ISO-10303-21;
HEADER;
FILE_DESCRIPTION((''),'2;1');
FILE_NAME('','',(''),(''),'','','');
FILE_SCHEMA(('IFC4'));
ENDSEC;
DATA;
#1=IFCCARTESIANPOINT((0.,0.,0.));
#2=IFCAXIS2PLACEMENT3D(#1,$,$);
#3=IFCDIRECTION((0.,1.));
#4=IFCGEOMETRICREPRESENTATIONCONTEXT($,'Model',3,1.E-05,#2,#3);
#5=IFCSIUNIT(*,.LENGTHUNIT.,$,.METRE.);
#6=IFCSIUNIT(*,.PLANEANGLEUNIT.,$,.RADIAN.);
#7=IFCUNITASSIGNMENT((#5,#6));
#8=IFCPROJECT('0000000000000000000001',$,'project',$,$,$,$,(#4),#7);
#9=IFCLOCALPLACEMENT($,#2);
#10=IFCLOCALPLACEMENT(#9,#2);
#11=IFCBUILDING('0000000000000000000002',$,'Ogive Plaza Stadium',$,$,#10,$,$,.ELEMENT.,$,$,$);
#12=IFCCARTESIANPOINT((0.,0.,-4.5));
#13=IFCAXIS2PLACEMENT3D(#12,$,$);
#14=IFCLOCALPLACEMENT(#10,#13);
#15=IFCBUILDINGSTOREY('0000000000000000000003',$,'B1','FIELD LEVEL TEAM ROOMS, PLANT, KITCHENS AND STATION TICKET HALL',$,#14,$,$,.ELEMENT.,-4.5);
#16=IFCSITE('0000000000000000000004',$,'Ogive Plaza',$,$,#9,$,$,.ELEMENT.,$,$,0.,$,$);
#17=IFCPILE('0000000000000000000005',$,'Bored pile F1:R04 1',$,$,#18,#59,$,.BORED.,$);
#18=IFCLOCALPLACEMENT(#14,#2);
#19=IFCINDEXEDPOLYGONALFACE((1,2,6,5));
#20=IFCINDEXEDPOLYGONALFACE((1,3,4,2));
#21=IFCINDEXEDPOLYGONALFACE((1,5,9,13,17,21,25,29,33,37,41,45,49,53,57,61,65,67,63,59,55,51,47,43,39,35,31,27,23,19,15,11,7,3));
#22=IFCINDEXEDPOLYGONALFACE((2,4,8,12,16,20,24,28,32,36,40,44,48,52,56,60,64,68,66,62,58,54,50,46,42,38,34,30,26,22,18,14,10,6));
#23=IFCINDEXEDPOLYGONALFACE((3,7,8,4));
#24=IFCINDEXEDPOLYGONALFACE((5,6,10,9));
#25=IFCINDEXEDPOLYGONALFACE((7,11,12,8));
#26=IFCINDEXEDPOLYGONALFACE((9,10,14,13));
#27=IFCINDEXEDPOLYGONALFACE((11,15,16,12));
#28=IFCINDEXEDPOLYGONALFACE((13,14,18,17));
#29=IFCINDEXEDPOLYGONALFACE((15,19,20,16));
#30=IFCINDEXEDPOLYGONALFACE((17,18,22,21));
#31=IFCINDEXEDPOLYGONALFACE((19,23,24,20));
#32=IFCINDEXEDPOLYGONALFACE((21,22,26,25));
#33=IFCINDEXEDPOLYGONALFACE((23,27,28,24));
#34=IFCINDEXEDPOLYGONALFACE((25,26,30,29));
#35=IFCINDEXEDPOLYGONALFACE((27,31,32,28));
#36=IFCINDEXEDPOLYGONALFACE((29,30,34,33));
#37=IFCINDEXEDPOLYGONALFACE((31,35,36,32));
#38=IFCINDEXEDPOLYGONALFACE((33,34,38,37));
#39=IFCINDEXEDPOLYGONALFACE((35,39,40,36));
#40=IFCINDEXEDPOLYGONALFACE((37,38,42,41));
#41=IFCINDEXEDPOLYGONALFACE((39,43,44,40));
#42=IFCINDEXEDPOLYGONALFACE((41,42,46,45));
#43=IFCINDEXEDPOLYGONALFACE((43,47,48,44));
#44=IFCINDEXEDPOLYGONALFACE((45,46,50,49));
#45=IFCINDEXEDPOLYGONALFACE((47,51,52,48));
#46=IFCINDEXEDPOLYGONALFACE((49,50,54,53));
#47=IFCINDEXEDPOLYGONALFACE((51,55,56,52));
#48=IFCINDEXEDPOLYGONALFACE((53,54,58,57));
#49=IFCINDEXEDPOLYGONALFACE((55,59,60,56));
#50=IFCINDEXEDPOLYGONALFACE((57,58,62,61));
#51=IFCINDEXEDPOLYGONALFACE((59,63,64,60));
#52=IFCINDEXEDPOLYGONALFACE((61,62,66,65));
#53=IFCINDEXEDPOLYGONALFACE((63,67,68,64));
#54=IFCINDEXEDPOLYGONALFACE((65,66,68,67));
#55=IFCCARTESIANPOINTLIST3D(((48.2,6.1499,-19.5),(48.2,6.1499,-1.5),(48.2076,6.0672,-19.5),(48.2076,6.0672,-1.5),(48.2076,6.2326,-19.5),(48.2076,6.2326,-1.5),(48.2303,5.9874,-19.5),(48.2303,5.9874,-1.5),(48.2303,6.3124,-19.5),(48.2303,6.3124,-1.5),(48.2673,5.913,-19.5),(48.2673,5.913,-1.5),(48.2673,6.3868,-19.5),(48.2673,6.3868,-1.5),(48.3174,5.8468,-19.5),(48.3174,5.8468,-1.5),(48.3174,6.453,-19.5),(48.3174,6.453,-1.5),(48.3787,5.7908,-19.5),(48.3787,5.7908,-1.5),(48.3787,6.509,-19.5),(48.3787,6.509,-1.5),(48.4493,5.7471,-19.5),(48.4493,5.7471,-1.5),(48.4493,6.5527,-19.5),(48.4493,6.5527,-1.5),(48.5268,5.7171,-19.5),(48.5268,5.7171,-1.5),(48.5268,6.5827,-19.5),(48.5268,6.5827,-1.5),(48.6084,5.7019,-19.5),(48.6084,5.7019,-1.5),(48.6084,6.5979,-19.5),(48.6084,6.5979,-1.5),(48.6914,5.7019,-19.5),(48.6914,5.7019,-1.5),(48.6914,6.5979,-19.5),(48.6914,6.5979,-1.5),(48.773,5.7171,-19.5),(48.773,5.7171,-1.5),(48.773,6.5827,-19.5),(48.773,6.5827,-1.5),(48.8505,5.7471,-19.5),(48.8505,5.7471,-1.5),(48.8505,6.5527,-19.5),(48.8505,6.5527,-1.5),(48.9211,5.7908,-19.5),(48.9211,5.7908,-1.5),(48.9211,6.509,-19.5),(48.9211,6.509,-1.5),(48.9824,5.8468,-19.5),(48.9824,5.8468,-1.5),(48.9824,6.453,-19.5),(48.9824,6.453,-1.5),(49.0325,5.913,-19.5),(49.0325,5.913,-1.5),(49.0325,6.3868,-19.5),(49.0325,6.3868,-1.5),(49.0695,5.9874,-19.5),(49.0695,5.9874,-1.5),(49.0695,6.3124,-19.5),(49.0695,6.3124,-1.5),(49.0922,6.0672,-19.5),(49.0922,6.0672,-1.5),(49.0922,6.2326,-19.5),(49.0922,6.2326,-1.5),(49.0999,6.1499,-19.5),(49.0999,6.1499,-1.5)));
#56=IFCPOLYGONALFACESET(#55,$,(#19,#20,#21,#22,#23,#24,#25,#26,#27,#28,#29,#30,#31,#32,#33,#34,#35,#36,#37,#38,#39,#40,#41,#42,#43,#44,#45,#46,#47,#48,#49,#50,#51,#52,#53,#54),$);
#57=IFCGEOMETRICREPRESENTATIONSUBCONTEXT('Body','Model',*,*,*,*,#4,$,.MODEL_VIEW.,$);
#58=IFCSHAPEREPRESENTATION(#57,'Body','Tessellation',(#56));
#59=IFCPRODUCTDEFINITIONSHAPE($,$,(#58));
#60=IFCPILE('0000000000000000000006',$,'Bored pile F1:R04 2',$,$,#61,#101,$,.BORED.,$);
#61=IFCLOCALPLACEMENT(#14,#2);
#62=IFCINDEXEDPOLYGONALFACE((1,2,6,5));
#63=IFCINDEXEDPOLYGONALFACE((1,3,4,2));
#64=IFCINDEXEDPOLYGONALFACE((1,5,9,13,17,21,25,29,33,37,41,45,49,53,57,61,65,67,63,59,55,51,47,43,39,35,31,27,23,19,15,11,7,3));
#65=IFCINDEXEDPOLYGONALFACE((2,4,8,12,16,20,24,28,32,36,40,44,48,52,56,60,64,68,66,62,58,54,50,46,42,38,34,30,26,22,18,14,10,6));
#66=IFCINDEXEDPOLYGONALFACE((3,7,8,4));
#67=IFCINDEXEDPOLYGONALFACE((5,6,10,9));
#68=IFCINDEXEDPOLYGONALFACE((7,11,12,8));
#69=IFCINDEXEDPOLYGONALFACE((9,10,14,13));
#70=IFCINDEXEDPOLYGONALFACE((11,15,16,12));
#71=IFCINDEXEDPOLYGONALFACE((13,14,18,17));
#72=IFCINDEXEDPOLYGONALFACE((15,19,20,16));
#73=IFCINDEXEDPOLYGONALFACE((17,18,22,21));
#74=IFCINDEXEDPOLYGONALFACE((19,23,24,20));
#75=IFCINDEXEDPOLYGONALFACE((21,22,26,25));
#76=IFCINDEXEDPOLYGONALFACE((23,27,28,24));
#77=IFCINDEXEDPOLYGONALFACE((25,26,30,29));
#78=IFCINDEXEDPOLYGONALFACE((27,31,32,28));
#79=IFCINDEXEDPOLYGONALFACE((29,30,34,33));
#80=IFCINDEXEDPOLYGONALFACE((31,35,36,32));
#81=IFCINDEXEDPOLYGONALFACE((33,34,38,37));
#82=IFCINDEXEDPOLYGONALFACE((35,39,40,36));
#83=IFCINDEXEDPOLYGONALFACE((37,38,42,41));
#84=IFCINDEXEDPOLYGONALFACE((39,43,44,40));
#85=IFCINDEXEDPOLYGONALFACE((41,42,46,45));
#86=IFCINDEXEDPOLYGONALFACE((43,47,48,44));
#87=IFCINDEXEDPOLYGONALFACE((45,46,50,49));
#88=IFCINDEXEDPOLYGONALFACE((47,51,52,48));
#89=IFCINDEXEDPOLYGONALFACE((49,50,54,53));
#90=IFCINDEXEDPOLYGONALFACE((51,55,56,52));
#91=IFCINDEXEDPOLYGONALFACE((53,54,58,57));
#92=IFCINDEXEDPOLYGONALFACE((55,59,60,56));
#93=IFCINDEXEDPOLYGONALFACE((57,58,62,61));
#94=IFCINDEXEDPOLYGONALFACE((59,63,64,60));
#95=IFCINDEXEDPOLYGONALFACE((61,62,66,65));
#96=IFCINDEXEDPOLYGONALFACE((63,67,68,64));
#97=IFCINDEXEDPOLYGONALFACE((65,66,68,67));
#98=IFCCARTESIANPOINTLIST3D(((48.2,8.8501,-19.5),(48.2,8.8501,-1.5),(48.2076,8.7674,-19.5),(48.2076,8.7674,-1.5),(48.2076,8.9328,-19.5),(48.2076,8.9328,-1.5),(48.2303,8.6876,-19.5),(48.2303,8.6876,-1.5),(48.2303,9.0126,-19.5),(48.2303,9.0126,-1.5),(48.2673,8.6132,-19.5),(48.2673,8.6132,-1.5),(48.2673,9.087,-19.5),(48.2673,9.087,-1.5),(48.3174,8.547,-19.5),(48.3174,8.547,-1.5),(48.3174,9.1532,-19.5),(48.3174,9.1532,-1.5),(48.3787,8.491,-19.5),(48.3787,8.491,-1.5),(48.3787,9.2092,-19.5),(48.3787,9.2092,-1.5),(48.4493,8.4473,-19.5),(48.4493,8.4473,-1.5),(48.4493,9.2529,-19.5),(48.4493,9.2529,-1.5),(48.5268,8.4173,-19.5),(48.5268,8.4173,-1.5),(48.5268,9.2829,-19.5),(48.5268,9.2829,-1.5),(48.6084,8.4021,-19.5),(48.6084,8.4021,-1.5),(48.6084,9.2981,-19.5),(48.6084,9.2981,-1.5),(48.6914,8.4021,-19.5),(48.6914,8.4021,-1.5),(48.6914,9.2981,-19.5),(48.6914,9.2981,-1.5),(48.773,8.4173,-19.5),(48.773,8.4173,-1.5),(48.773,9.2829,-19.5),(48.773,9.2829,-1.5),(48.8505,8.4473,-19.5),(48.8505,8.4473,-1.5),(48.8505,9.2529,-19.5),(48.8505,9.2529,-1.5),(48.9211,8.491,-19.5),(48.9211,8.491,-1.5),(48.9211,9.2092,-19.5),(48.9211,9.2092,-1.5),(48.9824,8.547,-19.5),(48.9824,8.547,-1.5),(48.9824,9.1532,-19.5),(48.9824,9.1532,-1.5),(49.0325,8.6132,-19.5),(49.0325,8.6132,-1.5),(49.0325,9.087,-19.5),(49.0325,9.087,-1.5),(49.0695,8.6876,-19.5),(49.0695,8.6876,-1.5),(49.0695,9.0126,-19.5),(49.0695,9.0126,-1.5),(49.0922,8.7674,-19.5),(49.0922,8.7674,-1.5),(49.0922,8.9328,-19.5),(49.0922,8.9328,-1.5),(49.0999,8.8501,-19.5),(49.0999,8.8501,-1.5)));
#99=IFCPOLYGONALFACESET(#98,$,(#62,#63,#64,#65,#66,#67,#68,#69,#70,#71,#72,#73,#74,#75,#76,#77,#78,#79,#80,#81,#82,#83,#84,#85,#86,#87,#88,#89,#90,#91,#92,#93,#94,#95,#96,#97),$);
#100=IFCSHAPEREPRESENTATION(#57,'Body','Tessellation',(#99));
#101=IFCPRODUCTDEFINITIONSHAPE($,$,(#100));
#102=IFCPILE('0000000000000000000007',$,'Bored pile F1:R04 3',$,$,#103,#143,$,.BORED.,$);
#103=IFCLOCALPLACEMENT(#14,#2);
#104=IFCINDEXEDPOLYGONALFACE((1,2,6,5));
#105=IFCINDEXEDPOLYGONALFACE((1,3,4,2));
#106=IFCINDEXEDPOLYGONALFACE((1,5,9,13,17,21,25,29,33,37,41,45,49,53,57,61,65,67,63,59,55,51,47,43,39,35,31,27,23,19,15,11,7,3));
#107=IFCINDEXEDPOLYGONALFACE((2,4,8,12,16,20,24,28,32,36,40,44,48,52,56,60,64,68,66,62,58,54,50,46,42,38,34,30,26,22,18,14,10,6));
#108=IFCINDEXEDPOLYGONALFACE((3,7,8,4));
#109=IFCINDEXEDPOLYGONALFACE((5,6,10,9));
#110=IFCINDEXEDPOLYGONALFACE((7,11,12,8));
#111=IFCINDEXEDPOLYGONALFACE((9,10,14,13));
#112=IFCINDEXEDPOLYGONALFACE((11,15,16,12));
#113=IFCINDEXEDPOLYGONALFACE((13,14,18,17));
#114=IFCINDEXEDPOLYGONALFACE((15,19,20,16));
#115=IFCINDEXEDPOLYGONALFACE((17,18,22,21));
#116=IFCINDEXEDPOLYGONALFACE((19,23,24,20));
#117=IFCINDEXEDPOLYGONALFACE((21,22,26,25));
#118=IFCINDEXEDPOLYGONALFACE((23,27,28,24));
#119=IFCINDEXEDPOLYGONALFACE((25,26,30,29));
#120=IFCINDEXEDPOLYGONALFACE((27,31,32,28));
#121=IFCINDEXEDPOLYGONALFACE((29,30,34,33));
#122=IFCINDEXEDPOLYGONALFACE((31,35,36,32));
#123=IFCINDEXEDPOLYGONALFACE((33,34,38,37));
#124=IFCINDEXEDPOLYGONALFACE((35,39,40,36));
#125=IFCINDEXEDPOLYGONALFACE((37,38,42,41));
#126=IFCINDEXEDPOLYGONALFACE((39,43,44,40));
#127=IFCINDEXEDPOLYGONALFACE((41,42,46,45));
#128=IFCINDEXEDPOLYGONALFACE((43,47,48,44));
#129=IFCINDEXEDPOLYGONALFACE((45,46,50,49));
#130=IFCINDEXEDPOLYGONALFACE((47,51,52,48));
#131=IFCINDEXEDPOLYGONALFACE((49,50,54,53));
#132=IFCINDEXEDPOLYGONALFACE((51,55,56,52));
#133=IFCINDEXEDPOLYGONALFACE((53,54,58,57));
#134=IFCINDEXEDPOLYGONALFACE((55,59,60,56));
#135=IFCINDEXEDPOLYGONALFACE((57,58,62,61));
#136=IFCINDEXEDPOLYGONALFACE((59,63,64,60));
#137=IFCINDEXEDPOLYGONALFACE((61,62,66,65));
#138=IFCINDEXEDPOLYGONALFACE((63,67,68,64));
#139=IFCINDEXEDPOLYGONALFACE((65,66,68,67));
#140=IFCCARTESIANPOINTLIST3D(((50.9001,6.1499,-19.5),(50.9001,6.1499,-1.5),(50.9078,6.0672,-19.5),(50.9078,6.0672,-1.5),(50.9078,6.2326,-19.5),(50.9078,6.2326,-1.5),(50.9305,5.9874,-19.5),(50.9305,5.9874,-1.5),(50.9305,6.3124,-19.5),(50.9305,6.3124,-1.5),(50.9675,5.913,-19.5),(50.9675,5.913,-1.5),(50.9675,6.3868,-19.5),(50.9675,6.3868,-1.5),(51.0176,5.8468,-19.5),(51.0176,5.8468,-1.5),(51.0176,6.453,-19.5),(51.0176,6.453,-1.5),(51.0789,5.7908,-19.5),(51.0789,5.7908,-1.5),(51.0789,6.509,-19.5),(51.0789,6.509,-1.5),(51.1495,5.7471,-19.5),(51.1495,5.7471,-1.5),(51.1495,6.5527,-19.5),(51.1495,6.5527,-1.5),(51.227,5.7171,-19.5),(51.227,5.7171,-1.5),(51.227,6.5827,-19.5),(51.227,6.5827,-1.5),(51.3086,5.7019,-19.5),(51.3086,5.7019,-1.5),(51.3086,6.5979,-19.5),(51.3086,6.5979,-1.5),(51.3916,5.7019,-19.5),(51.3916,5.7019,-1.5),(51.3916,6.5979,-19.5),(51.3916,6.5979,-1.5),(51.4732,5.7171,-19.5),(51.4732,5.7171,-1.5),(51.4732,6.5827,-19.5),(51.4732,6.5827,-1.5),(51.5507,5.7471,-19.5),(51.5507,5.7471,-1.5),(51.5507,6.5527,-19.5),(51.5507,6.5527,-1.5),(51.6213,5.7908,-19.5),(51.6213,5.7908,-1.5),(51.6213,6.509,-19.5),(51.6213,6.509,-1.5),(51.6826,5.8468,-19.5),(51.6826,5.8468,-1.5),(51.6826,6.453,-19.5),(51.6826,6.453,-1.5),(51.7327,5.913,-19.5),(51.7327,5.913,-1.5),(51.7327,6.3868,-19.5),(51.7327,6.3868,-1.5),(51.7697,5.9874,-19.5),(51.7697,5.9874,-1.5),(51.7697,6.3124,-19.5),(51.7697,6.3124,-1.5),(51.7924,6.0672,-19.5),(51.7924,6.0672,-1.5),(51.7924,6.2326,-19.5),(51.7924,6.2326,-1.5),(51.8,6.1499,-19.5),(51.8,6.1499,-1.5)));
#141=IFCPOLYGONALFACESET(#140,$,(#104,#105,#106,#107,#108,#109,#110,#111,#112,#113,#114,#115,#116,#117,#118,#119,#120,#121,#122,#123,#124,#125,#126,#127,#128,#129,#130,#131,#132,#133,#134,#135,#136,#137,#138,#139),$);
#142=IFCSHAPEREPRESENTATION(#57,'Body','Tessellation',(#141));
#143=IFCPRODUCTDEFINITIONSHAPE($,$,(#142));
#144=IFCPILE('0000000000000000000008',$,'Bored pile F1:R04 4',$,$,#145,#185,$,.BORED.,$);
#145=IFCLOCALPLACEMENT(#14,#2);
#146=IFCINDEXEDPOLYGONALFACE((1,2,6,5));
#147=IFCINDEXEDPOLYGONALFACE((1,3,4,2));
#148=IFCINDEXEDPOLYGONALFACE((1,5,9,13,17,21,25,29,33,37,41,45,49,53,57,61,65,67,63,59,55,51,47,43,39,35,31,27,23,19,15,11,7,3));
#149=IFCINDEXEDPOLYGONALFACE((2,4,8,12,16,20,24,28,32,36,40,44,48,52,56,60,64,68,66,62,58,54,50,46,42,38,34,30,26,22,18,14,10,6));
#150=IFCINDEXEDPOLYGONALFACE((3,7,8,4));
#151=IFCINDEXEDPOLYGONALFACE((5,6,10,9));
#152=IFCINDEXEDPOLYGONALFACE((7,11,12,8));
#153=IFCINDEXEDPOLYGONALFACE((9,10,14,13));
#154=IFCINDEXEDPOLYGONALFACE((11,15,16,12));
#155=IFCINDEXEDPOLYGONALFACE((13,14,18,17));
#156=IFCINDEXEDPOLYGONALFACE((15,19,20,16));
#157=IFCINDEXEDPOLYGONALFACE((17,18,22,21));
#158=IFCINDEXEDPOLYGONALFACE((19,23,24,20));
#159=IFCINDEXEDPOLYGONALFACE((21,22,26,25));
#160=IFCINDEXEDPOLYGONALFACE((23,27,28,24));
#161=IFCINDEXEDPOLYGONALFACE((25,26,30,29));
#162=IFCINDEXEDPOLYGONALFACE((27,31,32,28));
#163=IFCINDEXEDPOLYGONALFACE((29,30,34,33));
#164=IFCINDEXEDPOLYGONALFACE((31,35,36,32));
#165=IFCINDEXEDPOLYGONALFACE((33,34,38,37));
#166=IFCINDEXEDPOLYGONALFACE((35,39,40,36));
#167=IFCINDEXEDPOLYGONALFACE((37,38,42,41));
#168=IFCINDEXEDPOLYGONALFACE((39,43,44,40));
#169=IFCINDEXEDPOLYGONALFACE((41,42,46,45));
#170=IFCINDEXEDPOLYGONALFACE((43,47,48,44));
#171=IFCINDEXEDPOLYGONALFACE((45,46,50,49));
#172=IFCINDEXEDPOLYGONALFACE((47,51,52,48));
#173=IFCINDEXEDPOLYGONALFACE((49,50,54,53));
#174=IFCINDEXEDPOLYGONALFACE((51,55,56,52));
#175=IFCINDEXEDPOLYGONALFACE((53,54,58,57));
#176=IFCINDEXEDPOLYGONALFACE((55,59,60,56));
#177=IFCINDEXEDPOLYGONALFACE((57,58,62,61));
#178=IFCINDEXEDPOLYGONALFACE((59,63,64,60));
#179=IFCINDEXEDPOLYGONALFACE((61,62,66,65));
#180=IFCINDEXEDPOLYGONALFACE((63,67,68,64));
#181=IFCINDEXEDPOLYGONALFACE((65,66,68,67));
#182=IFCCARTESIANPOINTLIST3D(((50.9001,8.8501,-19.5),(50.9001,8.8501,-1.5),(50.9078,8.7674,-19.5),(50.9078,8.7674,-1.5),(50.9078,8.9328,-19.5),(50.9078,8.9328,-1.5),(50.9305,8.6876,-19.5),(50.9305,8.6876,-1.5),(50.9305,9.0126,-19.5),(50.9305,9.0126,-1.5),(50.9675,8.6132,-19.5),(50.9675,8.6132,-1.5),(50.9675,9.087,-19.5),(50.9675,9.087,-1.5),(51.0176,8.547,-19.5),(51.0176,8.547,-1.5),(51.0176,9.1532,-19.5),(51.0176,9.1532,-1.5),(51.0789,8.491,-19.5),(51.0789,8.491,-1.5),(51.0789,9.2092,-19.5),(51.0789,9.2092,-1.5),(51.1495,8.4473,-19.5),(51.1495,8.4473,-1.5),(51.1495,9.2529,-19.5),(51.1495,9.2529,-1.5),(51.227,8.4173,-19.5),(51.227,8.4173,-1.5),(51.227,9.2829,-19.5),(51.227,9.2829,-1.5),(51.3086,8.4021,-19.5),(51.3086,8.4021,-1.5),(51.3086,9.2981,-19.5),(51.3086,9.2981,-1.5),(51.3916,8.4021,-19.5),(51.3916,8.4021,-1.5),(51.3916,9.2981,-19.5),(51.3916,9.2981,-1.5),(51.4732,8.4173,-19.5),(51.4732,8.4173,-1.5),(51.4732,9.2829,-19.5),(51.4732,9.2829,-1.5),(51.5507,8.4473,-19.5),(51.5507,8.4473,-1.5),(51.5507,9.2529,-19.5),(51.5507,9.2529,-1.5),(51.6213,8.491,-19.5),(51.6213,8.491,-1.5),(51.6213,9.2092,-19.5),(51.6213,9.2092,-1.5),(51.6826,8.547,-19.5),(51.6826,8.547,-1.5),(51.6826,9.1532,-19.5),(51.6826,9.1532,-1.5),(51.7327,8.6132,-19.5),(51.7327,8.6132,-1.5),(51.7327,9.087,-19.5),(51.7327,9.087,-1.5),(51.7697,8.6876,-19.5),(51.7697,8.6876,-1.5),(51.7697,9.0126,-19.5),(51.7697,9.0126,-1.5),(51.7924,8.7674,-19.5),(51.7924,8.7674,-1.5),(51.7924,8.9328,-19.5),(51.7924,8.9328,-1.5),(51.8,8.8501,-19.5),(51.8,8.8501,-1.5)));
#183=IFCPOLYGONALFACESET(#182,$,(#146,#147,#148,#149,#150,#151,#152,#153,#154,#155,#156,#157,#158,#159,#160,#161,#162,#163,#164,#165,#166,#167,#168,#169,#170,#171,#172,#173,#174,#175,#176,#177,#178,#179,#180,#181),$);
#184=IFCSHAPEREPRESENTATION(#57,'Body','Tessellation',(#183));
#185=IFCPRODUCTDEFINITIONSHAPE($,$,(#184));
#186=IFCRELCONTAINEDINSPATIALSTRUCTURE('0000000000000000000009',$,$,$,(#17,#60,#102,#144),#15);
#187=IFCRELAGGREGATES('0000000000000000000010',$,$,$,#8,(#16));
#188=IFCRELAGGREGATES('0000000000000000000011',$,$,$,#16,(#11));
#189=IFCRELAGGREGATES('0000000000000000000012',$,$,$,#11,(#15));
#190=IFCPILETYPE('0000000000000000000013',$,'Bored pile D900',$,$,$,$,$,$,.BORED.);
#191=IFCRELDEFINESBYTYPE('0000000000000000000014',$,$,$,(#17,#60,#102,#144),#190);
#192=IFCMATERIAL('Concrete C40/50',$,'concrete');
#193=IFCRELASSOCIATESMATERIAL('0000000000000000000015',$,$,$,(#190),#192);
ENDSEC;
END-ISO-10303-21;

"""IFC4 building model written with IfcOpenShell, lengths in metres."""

from ifc_helpers import new_model, si_unit, direction, frame, origin, origin_2d, place, context, subcontext, project, spatial, circle, extrude, material, material_profile, profile_set, type_object, element, save


model = new_model("IFC4")

# Units and contexts
model_context = context("Model", 3, precision=1e-05, world=origin(), true_north=direction((0.0, 1.0)))
body_context = subcontext(model_context, "Body", "Model", "MODEL_VIEW")
ifc_project = project(units=[si_unit("LENGTHUNIT", "METRE"), si_unit("PLANEANGLEUNIT", "RADIAN")], contexts=[model_context])

# Site, building, storey
site_placement = place(None, origin())
site = spatial("IfcSite", under=ifc_project, at=site_placement, Name="Ogive Plaza", CompositionType="ELEMENT", RefElevation=0.0)
building_placement = place(site_placement, origin())
building = spatial("IfcBuilding", under=site, at=building_placement, Name="Ogive Plaza Stadium", CompositionType="ELEMENT")
storey_placement = place(building_placement, frame((0.0, 0.0, -4.5)))
storey = spatial("IfcBuildingStorey", under=building, at=storey_placement, Name="B1", Description="FIELD LEVEL TEAM ROOMS, PLANT, KITCHENS AND STATION TICKET HALL", CompositionType="ELEMENT", Elevation=-4.5)

# Piles
ifc_material_1 = material(Name="Concrete C40/50", Category="concrete")
ifc_material_profile_1 = material_profile(ifc_material_1, circle(Radius=0.45, at=origin_2d()), Name="RC D900")
ifc_profile_set_1 = profile_set([ifc_material_profile_1], Name="Concrete C40/50")
pile_type = type_object("IfcPileType", Name="Bored pile D900", PredefinedType="BORED", material=ifc_profile_set_1)
for number, where, z_axis, x_axis, name in (
    (1, (48.6499, 6.1499, -1.5), (0.0, 0.0, -1.0), (1.0, 0.0, 0.0), "Bored pile F1:R04 1"),
    (2, (48.6499, 8.8501, -1.5), (0.0, 0.0, -1.0), (1.0, 0.0, 0.0), "Bored pile F1:R04 2"),
    (3, (51.3501, 6.1499, -1.5), (0.0, 0.0, -1.0), (1.0, 0.0, 0.0), "Bored pile F1:R04 3"),
    (4, (51.3501, 8.8501, -1.5), (0.0, 0.0, -1.0), (1.0, 0.0, 0.0), "Bored pile F1:R04 4"),
):
    element("IfcPile", number, at=place(storey_placement, frame(where, z_axis=z_axis, x_axis=x_axis)), inside=storey, type_object=pile_type, Name=name, PredefinedType="BORED", context=body_context, shape_type="SweptSolid", body=[
        extrude(circle(Radius=0.45, at=origin_2d()), origin(), (0.0, 0.0, 1.0), 18.0),
    ])

save(model, "model.ifc")
